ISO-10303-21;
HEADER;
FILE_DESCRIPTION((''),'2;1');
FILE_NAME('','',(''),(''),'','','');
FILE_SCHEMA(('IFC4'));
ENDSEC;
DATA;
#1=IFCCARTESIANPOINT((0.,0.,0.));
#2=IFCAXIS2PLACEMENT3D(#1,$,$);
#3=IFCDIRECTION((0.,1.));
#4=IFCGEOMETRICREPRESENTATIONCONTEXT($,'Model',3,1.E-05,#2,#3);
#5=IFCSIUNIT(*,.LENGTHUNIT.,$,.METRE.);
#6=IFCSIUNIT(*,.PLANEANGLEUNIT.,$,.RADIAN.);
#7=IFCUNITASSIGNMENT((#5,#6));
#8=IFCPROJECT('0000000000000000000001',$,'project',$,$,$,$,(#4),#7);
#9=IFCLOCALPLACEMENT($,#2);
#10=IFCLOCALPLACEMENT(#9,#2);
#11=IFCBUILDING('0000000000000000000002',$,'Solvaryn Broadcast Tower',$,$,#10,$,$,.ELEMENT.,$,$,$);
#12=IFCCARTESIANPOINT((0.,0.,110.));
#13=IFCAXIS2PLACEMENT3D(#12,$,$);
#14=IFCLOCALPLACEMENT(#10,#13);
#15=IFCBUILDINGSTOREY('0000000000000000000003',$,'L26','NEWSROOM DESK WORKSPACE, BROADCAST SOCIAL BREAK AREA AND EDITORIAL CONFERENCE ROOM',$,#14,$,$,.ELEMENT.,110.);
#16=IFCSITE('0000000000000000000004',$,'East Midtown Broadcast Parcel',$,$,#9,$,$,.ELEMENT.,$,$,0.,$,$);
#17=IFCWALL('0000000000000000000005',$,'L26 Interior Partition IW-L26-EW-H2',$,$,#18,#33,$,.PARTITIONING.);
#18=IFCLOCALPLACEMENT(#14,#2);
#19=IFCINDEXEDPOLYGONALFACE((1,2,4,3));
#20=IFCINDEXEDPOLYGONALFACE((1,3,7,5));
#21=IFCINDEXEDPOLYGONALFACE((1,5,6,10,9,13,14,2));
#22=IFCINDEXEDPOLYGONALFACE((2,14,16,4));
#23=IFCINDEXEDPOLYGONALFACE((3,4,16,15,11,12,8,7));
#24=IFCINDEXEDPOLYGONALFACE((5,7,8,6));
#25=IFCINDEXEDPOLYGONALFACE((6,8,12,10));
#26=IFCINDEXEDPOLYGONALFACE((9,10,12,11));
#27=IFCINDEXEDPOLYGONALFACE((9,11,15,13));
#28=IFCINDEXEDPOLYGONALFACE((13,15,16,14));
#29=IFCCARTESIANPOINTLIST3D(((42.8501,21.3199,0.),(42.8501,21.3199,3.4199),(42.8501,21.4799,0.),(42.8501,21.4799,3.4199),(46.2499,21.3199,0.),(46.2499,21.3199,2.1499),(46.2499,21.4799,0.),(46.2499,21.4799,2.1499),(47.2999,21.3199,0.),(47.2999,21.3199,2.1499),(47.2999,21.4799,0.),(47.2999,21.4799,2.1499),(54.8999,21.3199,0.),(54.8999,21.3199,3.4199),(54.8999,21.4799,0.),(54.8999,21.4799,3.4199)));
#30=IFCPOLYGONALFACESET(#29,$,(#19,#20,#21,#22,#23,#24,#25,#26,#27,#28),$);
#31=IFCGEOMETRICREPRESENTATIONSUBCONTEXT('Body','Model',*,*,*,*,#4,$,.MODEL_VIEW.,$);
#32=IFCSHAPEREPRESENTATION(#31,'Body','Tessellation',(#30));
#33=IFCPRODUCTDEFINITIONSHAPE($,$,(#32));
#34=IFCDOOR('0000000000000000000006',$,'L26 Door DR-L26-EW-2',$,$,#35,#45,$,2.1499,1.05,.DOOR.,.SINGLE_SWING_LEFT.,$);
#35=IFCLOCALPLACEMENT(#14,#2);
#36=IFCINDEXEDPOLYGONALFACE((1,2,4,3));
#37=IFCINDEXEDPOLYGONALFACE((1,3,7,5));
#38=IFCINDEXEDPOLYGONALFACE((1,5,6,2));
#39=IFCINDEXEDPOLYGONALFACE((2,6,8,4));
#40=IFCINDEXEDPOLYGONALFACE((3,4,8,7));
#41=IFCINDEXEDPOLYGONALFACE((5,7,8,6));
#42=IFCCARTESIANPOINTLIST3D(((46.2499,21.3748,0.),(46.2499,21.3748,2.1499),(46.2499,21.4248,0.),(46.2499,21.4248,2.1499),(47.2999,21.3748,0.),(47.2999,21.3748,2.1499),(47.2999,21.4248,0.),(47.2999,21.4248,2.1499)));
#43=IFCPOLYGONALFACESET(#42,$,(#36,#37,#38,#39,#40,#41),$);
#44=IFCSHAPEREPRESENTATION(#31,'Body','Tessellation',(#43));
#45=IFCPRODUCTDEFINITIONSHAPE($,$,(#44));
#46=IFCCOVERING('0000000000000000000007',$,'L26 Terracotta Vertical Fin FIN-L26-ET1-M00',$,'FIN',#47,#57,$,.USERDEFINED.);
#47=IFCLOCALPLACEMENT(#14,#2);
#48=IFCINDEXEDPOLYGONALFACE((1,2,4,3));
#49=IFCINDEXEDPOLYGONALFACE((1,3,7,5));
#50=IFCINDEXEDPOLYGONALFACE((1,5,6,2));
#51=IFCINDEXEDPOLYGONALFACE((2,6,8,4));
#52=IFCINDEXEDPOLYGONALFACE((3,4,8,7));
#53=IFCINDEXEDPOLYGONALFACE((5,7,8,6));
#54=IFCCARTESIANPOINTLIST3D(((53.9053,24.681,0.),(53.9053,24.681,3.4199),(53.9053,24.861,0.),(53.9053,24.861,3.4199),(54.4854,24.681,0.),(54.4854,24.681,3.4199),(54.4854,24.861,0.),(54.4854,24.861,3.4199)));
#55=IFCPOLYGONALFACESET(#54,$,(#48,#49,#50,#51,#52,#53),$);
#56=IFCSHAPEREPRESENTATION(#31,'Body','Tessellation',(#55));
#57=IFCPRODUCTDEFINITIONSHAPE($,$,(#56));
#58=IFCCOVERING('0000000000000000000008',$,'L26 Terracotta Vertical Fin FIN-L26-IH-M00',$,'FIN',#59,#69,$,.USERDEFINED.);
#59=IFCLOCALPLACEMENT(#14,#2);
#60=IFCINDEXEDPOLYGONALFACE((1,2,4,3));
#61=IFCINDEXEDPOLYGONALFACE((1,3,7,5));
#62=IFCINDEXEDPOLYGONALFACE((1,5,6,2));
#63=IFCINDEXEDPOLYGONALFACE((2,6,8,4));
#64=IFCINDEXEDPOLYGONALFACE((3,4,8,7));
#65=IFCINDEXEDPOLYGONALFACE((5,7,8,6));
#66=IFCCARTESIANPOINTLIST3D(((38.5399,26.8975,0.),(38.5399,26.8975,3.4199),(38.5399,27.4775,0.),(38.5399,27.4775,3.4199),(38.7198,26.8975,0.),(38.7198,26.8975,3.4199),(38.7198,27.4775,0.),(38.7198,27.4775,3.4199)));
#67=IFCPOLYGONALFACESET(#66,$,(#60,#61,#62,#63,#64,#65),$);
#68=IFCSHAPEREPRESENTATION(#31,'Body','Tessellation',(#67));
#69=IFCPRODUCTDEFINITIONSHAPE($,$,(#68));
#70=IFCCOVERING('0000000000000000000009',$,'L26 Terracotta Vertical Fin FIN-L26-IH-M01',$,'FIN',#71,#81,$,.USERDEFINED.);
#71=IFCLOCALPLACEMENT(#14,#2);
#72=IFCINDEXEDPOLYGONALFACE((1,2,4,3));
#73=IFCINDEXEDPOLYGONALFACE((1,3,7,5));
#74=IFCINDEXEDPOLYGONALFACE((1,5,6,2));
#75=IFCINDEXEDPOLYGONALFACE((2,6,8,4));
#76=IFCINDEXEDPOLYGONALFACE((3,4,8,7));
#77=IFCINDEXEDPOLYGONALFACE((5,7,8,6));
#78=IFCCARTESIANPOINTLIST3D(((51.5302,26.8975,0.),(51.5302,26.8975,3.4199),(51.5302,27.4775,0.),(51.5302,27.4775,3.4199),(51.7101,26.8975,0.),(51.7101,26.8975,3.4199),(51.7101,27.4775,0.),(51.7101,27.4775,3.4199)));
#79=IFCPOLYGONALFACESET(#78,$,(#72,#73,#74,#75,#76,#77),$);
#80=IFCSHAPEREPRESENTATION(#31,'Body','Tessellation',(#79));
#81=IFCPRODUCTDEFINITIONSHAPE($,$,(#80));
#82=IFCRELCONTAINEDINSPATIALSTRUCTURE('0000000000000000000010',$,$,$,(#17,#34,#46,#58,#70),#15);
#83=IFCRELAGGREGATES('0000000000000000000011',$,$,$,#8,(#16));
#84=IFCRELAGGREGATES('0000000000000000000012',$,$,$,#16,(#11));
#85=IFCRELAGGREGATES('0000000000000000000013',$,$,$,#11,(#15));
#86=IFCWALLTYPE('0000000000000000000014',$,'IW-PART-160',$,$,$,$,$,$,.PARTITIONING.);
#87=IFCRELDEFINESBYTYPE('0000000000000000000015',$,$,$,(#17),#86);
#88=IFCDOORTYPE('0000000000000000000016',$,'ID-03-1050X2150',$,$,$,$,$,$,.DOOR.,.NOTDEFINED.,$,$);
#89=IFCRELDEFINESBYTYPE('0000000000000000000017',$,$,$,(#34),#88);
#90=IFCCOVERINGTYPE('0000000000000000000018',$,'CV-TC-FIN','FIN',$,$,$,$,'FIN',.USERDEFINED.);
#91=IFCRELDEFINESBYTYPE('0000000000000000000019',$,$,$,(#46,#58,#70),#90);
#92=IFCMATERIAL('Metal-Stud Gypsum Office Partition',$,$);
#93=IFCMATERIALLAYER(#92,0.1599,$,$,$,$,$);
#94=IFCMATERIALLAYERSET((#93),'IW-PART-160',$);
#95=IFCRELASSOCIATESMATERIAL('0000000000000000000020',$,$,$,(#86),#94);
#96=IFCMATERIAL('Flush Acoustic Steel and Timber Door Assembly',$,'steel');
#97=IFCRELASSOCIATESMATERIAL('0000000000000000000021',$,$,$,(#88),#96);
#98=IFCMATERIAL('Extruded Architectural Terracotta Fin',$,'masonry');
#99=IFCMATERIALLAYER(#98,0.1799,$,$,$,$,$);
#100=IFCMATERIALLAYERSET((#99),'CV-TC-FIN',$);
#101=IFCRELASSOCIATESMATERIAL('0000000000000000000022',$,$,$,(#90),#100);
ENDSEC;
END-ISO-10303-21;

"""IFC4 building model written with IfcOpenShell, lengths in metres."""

from ifc_helpers import new_model, si_unit, direction, frame, frame_2d, origin, origin_2d, place, context, subcontext, project, spatial, rectangle, extrude, material, layer, layer_set, type_object, element, fill, save


model = new_model("IFC4")

# Units and contexts
model_context = context("Model", 3, precision=1e-05, world=origin(), true_north=direction((0.0, 1.0)))
body_context = subcontext(model_context, "Body", "Model", "MODEL_VIEW")
ifc_project = project(units=[si_unit("LENGTHUNIT", "METRE"), si_unit("PLANEANGLEUNIT", "RADIAN")], contexts=[model_context])

# Site, building, storey
site_placement = place(None, origin())
site = spatial("IfcSite", under=ifc_project, at=site_placement, Name="East Midtown Broadcast Parcel", CompositionType="ELEMENT", RefElevation=0.0)
building_placement = place(site_placement, origin())
building = spatial("IfcBuilding", under=site, at=building_placement, Name="Solvaryn Broadcast Tower", CompositionType="ELEMENT")
storey_placement = place(building_placement, frame((0.0, 0.0, 110.0)))
storey = spatial("IfcBuildingStorey", under=building, at=storey_placement, Name="L26", Description="NEWSROOM DESK WORKSPACE, BROADCAST SOCIAL BREAK AREA AND EDITORIAL CONFERENCE ROOM", CompositionType="ELEMENT", Elevation=110.0)

# Wall, opening, door
ifc_material_1 = material(Name="Metal-Stud Gypsum Office Partition")
ifc_layer_1 = layer(ifc_material_1, 0.1599)
ifc_layer_set_1 = layer_set([ifc_layer_1], Name="IW-PART-160")
wall_type_1 = type_object("IfcWallType", Name="IW-PART-160", PredefinedType="PARTITIONING", material=ifc_layer_set_1)
wall_1_placement = place(storey_placement, frame((42.8501, 21.3999, 0.0), z_axis=(0.0, 0.0, 1.0), x_axis=(1.0, 0.0, 0.0)))
wall_1 = element("IfcWall", 1, at=wall_1_placement, inside=storey, type_object=wall_type_1, Name="L26 Interior Partition IW-L26-EW-H2", PredefinedType="PARTITIONING", context=body_context, shape_type="SweptSolid", body=[
    extrude(rectangle(XDim=12.0498, YDim=0.1599, at=frame_2d((6.0249, 0.0))), origin(), (0.0, 0.0, 1.0), 3.4199),
])
opening_1_placement = place(wall_1_placement, frame((3.3999, 0.0, 0.0)))
opening_1 = element("IfcOpeningElement", 2, at=opening_1_placement, cuts=wall_1, PredefinedType="OPENING", context=body_context, shape_type="SweptSolid", body=[
    extrude(rectangle(XDim=1.05, YDim=2.1499, at=frame_2d((0.5249, 1.075))), frame((0.0, 0.0901, 0.0), z_axis=(0.0, -1.0, 0.0), x_axis=(1.0, 0.0, 0.0)), (0.0, 0.0, 1.0), 0.1799),
])
ifc_material_2 = material(Name="Flush Acoustic Steel and Timber Door Assembly", Category="steel")
door_type_1 = type_object("IfcDoorType", Name="ID-03-1050X2150", OperationType="NOTDEFINED", PredefinedType="DOOR", material=ifc_material_2)
door_1_placement = place(opening_1_placement, origin())
door_1 = element("IfcDoor", 3, at=door_1_placement, inside=storey, type_object=door_type_1, Name="L26 Door DR-L26-EW-2", OperationType="SINGLE_SWING_LEFT", OverallHeight=2.1499, OverallWidth=1.05, PredefinedType="DOOR", context=body_context, shape_type="SweptSolid", body=[
    extrude(rectangle(XDim=1.05, YDim=2.1499, at=frame_2d((0.5249, 1.075))), frame((0.0, 0.0249, 0.0), z_axis=(0.0, -1.0, 0.0), x_axis=(1.0, 0.0, 0.0)), (0.0, 0.0, 1.0), 0.05),
])
fill(opening_1, door_1)

# Coverings
ifc_material_3 = material(Name="Extruded Architectural Terracotta Fin", Category="masonry")
ifc_layer_2 = layer(ifc_material_3, 0.1799)
ifc_layer_set_2 = layer_set([ifc_layer_2], Name="CV-TC-FIN")
covering_type = type_object("IfcCoveringType", Name="CV-TC-FIN", Description="FIN", ElementType="FIN", PredefinedType="USERDEFINED", material=ifc_layer_set_2)
covering_placement = place(storey_placement, frame((54.1953, 24.771, 0.0), z_axis=(0.0, 0.0, 1.0), x_axis=(1.0, 0.0, 0.0)))
element("IfcCovering", 4, at=covering_placement, inside=storey, type_object=covering_type, Name="L26 Terracotta Vertical Fin FIN-L26-ET1-M00", ObjectType="FIN", PredefinedType="USERDEFINED", context=body_context, shape_type="SweptSolid", body=[
    extrude(rectangle(XDim=0.5801, YDim=0.1799, at=origin_2d()), origin(), (0.0, 0.0, 1.0), 3.4199),
])
for number, where, z_axis, x_axis, name in (
    (5, (38.6299, 27.1875, 0.0), (0.0, 0.0, 1.0), (1.0, 0.0, 0.0), "L26 Terracotta Vertical Fin FIN-L26-IH-M00"),
    (6, (51.6201, 27.1875, 0.0), (0.0, 0.0, 1.0), (1.0, 0.0, 0.0), "L26 Terracotta Vertical Fin FIN-L26-IH-M01"),
):
    element("IfcCovering", number, at=place(storey_placement, frame(where, z_axis=z_axis, x_axis=x_axis)), inside=storey, type_object=covering_type, Name=name, ObjectType="FIN", PredefinedType="USERDEFINED", context=body_context, shape_type="SweptSolid", body=[
        extrude(rectangle(XDim=0.1799, YDim=0.5801, at=origin_2d()), origin(), (0.0, 0.0, 1.0), 3.4199),
    ])

save(model, "model.ifc")
